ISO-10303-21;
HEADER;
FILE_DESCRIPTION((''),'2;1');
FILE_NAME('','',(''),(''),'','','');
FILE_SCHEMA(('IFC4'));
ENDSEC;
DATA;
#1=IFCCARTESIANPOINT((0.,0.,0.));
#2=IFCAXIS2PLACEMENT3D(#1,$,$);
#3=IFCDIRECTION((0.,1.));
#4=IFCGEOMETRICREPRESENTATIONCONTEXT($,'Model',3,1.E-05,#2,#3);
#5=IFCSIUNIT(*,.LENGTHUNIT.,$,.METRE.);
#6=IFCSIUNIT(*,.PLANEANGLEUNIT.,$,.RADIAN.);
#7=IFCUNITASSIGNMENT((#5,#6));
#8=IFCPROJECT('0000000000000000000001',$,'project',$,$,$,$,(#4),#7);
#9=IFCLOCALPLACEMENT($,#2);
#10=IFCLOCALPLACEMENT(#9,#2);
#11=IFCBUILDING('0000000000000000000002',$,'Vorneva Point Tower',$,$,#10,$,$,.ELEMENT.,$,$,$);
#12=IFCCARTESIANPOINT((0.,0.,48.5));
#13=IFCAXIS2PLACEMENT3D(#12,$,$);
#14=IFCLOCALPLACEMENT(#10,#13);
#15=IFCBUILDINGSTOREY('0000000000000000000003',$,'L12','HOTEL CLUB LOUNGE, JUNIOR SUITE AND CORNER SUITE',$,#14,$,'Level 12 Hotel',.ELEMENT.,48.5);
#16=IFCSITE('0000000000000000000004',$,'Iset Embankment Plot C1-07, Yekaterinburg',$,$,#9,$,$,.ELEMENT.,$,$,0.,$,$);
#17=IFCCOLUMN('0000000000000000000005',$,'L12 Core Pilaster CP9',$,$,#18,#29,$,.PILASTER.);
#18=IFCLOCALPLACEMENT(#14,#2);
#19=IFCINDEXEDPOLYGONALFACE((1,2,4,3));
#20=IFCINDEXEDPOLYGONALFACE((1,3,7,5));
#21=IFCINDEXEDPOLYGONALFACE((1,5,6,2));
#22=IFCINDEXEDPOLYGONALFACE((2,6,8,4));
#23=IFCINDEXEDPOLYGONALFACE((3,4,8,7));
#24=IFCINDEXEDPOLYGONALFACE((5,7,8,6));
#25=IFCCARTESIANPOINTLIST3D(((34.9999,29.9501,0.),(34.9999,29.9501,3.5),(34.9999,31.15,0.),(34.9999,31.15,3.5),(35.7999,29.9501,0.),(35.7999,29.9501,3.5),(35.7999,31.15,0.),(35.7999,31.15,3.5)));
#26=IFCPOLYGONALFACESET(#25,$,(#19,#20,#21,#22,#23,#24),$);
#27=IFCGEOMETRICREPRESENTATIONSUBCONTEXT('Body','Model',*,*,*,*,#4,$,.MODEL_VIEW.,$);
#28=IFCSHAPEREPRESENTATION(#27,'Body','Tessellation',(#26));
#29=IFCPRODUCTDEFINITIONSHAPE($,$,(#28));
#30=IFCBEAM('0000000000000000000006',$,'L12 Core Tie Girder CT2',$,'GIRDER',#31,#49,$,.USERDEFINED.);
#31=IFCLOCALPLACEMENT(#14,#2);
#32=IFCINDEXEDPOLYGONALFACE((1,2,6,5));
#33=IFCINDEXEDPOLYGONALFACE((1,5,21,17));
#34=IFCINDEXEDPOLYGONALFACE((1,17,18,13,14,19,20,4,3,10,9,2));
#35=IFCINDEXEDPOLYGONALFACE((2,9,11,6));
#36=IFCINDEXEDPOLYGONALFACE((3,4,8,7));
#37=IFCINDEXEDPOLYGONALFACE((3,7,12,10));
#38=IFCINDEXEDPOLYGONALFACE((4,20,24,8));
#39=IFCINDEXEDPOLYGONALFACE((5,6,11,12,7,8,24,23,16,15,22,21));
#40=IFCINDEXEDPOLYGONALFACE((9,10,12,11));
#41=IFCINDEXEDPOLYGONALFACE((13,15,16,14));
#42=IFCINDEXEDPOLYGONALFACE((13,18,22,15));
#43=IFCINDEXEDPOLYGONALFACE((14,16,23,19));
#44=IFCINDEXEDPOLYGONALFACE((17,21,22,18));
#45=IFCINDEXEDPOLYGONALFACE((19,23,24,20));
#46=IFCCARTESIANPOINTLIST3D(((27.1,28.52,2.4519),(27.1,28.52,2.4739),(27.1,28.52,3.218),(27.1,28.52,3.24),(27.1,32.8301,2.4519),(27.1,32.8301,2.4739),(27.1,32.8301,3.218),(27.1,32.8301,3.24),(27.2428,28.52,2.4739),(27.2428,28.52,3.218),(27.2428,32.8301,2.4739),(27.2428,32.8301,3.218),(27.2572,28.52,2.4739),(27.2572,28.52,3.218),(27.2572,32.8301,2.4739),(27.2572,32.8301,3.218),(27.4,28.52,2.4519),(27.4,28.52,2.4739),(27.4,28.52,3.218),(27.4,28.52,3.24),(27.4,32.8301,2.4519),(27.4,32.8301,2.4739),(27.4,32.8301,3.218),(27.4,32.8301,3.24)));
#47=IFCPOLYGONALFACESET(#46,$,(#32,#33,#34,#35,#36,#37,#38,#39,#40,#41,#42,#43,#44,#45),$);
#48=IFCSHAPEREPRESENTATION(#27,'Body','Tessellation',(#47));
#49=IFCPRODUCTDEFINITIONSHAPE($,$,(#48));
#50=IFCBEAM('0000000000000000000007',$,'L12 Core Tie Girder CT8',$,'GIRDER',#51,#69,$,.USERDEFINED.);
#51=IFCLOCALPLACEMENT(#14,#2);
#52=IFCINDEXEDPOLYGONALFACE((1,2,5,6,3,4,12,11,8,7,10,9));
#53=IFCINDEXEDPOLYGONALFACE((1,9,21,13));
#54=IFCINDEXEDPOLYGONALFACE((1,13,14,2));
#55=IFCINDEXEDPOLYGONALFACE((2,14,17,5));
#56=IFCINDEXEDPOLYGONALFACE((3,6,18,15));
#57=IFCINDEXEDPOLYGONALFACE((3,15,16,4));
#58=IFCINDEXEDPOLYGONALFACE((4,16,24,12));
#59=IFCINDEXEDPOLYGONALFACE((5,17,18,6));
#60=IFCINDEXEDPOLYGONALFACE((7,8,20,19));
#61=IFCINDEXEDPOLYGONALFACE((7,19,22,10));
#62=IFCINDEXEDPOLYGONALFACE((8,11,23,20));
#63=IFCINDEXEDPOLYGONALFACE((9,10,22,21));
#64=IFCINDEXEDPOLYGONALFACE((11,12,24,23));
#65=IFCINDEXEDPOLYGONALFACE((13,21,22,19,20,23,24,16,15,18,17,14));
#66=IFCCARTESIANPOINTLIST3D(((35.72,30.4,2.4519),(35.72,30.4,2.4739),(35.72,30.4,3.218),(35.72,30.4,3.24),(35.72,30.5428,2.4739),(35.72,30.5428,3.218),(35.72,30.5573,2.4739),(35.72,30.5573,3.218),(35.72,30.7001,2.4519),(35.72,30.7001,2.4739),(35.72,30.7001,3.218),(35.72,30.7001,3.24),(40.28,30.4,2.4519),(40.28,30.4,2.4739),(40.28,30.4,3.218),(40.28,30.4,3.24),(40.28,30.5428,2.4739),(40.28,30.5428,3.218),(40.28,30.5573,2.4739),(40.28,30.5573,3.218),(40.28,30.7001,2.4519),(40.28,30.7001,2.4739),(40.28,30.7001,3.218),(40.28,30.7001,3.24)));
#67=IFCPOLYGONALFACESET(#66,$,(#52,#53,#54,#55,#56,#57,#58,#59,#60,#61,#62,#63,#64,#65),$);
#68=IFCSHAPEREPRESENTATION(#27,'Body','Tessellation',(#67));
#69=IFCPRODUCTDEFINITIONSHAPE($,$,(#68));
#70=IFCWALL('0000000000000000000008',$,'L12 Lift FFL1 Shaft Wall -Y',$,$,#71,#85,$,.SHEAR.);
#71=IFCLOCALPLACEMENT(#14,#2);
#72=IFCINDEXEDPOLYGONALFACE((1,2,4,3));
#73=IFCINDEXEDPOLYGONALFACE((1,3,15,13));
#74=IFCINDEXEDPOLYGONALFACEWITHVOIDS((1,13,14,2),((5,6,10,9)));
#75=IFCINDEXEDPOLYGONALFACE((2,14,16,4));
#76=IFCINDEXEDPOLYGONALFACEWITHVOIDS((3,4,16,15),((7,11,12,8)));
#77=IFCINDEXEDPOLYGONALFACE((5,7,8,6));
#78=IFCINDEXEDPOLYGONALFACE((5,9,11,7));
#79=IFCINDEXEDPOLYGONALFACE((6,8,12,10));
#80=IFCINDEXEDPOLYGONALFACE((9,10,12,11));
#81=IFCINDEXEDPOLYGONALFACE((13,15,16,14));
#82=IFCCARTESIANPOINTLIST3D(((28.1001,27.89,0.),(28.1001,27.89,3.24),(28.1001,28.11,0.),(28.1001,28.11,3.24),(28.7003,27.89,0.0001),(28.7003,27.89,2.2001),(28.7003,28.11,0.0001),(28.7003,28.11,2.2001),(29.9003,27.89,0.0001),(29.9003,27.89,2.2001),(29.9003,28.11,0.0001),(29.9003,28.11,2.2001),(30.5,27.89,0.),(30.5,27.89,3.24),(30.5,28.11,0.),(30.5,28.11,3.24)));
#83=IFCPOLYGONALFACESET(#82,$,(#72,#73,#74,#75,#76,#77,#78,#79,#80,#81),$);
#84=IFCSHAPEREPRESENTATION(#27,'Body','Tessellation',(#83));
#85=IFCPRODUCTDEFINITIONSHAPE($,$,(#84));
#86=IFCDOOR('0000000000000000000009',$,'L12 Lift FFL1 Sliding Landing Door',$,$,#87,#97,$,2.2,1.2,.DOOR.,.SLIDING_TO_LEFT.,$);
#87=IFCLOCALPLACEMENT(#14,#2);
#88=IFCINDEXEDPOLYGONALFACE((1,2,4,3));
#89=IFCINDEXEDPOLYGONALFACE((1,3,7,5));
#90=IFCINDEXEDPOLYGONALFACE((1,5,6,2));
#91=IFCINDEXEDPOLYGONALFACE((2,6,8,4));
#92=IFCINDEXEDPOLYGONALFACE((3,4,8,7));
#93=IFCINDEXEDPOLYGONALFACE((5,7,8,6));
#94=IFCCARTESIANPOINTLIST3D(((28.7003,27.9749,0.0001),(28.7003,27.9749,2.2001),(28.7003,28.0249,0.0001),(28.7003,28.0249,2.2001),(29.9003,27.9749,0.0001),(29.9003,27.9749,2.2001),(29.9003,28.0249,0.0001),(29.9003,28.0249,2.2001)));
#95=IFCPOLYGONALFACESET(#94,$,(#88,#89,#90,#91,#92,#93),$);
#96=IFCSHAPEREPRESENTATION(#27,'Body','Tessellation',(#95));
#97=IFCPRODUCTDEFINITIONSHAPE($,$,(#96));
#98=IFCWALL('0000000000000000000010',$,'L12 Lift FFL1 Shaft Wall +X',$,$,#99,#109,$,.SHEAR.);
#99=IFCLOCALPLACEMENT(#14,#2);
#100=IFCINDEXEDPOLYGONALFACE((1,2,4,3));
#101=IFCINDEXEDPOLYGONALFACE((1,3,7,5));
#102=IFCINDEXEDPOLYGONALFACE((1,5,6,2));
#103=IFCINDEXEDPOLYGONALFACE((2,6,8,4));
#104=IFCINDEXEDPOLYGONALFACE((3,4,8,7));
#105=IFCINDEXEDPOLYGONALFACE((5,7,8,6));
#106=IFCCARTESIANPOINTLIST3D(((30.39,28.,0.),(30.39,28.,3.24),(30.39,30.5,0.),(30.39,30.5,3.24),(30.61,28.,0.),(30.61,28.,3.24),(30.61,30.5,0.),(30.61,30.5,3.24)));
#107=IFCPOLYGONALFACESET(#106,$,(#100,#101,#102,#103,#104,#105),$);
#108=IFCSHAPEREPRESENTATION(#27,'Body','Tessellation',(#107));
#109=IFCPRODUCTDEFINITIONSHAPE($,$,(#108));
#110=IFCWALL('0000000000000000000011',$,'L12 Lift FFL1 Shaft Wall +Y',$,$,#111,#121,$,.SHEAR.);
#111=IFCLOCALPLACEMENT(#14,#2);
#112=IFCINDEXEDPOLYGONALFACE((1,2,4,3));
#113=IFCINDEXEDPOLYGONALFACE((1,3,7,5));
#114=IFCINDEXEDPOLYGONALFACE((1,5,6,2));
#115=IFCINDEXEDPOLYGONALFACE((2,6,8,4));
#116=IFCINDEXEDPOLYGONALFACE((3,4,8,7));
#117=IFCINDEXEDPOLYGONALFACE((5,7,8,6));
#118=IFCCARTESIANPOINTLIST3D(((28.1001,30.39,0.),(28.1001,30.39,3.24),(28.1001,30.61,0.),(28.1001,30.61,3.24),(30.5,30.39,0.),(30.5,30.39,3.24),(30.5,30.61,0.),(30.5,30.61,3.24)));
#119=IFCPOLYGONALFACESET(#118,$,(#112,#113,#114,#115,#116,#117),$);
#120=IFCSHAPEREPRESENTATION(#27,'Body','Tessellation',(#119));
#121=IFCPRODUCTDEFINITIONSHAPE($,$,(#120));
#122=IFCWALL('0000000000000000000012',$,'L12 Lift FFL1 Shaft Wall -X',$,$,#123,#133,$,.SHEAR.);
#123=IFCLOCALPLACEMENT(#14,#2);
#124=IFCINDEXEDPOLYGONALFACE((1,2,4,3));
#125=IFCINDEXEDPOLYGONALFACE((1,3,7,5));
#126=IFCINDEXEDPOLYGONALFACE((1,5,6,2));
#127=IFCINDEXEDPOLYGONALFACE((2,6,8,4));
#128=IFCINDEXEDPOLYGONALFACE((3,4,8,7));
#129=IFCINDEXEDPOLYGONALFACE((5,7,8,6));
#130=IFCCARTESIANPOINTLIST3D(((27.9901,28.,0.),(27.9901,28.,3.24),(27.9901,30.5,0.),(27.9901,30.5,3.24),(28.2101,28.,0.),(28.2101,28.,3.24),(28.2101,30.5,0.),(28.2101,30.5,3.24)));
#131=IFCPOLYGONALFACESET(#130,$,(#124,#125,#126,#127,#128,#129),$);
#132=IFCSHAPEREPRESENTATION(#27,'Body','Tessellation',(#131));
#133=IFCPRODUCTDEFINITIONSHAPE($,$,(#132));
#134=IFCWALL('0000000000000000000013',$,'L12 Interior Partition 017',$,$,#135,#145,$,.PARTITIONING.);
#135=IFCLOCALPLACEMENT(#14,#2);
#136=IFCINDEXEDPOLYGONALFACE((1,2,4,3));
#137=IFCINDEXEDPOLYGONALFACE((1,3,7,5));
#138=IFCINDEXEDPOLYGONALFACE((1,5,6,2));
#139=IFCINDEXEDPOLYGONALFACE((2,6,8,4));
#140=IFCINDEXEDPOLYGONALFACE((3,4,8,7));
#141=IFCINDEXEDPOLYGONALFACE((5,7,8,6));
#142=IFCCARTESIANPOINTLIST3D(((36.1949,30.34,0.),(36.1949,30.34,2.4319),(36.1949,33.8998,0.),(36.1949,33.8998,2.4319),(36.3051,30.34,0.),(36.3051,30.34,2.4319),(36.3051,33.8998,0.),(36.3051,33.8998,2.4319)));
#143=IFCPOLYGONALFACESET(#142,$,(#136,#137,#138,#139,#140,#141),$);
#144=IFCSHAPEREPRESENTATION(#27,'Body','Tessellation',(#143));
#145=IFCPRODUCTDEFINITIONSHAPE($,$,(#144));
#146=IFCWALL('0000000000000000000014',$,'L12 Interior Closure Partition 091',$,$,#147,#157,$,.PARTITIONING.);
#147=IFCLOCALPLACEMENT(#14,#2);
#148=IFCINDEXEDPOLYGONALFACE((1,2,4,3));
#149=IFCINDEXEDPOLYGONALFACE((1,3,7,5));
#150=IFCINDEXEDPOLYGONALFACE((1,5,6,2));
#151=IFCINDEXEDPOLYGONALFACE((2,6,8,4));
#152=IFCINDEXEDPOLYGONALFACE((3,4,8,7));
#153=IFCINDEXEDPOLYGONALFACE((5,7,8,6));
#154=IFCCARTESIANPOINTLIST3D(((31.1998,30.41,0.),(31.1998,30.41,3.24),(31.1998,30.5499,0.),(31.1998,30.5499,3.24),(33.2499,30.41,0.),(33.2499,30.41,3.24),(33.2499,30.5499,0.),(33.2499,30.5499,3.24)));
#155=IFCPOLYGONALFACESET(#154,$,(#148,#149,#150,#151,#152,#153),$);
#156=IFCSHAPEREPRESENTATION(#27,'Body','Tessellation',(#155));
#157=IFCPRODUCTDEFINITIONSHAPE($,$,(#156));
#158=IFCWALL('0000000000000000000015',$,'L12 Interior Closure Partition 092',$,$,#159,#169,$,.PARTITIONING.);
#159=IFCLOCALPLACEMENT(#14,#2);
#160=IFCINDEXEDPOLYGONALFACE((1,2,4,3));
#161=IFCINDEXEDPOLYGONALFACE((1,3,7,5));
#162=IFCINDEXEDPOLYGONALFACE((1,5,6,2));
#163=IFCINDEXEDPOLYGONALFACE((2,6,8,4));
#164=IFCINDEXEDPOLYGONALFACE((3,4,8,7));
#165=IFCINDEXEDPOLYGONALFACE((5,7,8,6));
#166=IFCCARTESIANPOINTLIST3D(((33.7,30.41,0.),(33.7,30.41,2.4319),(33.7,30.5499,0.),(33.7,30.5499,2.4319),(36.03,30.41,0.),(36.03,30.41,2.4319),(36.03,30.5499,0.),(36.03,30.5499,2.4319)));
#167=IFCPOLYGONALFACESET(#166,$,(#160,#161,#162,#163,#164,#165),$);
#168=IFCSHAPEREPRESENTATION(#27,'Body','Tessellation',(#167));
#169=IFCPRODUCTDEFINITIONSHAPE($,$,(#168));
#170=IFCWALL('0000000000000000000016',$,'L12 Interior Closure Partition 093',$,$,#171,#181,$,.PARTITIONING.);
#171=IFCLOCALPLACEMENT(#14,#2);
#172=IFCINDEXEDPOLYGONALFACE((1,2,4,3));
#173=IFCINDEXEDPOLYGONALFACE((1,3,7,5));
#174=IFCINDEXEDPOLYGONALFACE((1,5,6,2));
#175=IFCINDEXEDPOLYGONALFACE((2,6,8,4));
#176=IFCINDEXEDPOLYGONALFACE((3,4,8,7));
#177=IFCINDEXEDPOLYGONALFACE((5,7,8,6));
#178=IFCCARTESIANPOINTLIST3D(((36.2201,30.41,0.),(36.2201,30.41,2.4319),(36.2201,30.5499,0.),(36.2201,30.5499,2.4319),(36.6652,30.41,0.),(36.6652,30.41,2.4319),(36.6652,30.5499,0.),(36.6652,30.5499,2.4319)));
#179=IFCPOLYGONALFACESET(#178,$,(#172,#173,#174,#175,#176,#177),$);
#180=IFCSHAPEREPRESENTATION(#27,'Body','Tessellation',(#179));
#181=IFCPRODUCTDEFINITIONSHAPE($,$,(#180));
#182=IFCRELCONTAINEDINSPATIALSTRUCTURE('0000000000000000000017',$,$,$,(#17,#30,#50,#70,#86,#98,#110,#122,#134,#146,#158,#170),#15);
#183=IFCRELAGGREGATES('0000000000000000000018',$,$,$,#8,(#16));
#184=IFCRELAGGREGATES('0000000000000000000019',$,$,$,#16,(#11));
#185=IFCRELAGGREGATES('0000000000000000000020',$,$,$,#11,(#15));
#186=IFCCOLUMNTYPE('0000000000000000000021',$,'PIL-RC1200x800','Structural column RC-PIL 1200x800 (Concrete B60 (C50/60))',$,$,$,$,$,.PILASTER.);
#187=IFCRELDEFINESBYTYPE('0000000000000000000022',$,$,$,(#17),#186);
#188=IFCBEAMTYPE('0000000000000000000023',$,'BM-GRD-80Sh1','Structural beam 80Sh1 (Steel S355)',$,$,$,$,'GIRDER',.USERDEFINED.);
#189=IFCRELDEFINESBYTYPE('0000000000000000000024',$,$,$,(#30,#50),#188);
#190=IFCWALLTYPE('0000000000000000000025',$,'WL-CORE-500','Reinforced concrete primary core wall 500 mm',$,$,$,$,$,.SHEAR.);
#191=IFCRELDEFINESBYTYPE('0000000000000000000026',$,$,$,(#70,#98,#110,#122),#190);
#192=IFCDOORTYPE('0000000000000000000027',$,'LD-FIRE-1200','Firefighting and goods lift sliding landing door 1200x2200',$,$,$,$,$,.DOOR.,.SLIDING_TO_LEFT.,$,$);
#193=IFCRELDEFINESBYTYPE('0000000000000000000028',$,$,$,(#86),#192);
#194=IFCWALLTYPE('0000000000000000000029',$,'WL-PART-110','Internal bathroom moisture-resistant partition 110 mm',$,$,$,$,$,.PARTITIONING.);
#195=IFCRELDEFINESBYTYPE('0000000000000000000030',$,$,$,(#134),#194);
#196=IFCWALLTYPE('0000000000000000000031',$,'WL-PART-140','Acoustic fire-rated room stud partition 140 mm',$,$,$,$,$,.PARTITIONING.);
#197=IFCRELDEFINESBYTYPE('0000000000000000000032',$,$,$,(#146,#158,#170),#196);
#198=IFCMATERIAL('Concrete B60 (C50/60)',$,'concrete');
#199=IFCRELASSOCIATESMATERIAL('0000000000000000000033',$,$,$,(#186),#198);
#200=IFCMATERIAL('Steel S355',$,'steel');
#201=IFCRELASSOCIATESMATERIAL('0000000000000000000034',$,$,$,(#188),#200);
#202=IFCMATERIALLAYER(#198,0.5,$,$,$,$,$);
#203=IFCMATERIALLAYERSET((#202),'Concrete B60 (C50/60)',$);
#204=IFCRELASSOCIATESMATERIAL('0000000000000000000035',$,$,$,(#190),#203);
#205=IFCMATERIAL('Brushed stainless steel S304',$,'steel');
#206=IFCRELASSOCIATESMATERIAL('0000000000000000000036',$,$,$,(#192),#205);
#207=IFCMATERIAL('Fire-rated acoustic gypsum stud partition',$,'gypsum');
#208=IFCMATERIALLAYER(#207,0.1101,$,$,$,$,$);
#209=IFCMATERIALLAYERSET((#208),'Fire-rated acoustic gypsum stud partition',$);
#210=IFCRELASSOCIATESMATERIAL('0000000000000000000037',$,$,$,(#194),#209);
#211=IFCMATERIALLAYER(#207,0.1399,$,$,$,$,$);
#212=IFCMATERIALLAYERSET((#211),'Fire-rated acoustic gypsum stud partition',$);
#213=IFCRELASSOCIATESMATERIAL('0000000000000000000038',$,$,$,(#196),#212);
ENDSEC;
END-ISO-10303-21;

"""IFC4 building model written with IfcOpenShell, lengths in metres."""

from ifc_helpers import new_model, si_unit, direction, frame, frame_2d, origin, origin_2d, place, context, subcontext, project, spatial, rectangle, i_section, extrude, material, layer, layer_set, material_profile, profile_set, type_object, element, fill, save


model = new_model("IFC4")

# Units and contexts
model_context = context("Model", 3, precision=1e-05, world=origin(), true_north=direction((0.0, 1.0)))
body_context = subcontext(model_context, "Body", "Model", "MODEL_VIEW")
ifc_project = project(units=[si_unit("LENGTHUNIT", "METRE"), si_unit("PLANEANGLEUNIT", "RADIAN")], contexts=[model_context])

# Site, building, storey
site_placement = place(None, origin())
site = spatial("IfcSite", under=ifc_project, at=site_placement, Name="Iset Embankment Plot C1-07, Yekaterinburg", CompositionType="ELEMENT", RefElevation=0.0)
building_placement = place(site_placement, origin())
building = spatial("IfcBuilding", under=site, at=building_placement, Name="Vorneva Point Tower", CompositionType="ELEMENT")
storey_placement = place(building_placement, frame((0.0, 0.0, 48.5)))
storey = spatial("IfcBuildingStorey", under=building, at=storey_placement, Name="L12", Description="HOTEL CLUB LOUNGE, JUNIOR SUITE AND CORNER SUITE", LongName="Level 12 Hotel", CompositionType="ELEMENT", Elevation=48.5)

# Column
ifc_material_1 = material(Name="Concrete B60 (C50/60)", Category="concrete")
ifc_material_profile_1 = material_profile(ifc_material_1, rectangle(XDim=0.8, YDim=1.2, at=origin_2d()), Name="RC-PIL 1200x800")
ifc_profile_set_1 = profile_set([ifc_material_profile_1], Name="Concrete B60 (C50/60)")
column_type = type_object("IfcColumnType", Name="PIL-RC1200x800", Description="Structural column RC-PIL 1200x800 (Concrete B60 (C50/60))", PredefinedType="PILASTER", material=ifc_profile_set_1)
column_placement = place(storey_placement, frame((35.3999, 30.55, 0.0), z_axis=(0.0, 0.0, 1.0), x_axis=(1.0, 0.0, 0.0)))
element("IfcColumn", 1, at=column_placement, inside=storey, type_object=column_type, Name="L12 Core Pilaster CP9", PredefinedType="PILASTER", context=body_context, shape_type="SweptSolid", body=[
    extrude(rectangle(XDim=0.8, YDim=1.2, at=origin_2d()), origin(), (0.0, 0.0, 1.0), 3.5),
])

# Beams
ifc_material_2 = material(Name="Steel S355", Category="steel")
ifc_material_profile_2 = material_profile(ifc_material_2, i_section(OverallWidth=0.3, OverallDepth=0.7881, WebThickness=0.0144, FlangeThickness=0.022, at=origin_2d()), Name="80Sh1")
ifc_profile_set_2 = profile_set([ifc_material_profile_2], Name="Steel S355")
beam_type = type_object("IfcBeamType", Name="BM-GRD-80Sh1", Description="Structural beam 80Sh1 (Steel S355)", ElementType="GIRDER", PredefinedType="USERDEFINED", material=ifc_profile_set_2)
beam_1_placement = place(storey_placement, frame((27.25, 28.52, 2.8459), z_axis=(0.0, 1.0, 0.0), x_axis=(-1.0, 0.0, 0.0)))
element("IfcBeam", 2, at=beam_1_placement, inside=storey, type_object=beam_type, Name="L12 Core Tie Girder CT2", ObjectType="GIRDER", PredefinedType="USERDEFINED", context=body_context, shape_type="SweptSolid", body=[
    extrude(i_section(OverallWidth=0.3, OverallDepth=0.7881, WebThickness=0.0144, FlangeThickness=0.022, at=origin_2d()), origin(), (0.0, 0.0, 1.0), 4.3101),
])
beam_2_placement = place(storey_placement, frame((35.72, 30.55, 2.8459), z_axis=(1.0, 0.0, 0.0), x_axis=(0.0, 1.0, 0.0)))
element("IfcBeam", 3, at=beam_2_placement, inside=storey, type_object=beam_type, Name="L12 Core Tie Girder CT8", ObjectType="GIRDER", PredefinedType="USERDEFINED", context=body_context, shape_type="SweptSolid", body=[
    extrude(i_section(OverallWidth=0.3, OverallDepth=0.7881, WebThickness=0.0144, FlangeThickness=0.022, at=origin_2d()), origin(), (0.0, 0.0, 1.0), 4.5601),
])

# Wall, opening, door
ifc_layer_1 = layer(ifc_material_1, 0.5)
ifc_layer_set_1 = layer_set([ifc_layer_1], Name="Concrete B60 (C50/60)")
wall_type_1 = type_object("IfcWallType", Name="WL-CORE-500", Description="Reinforced concrete primary core wall 500 mm", PredefinedType="SHEAR", material=ifc_layer_set_1)
wall_1_placement = place(storey_placement, frame((28.1001, 28.0, 0.0), z_axis=(0.0, 0.0, 1.0), x_axis=(1.0, 0.0, 0.0)))
wall_1 = element("IfcWall", 4, at=wall_1_placement, inside=storey, type_object=wall_type_1, Name="L12 Lift FFL1 Shaft Wall -Y", PredefinedType="SHEAR", context=body_context, shape_type="SweptSolid", body=[
    extrude(rectangle(XDim=2.3999, YDim=0.22, at=frame_2d((1.2, 0.0))), origin(), (0.0, 0.0, 1.0), 3.24),
])
opening_1_placement = place(wall_1_placement, frame((0.6001, 0.0, 0.0)))
opening_1 = element("IfcOpeningElement", 5, at=opening_1_placement, cuts=wall_1, PredefinedType="OPENING", context=body_context, shape_type="SweptSolid", body=[
    extrude(rectangle(XDim=1.2, YDim=2.2, at=frame_2d((0.6001, 1.1001))), frame((0.0, 0.125, 0.0), z_axis=(0.0, -1.0, 0.0), x_axis=(1.0, 0.0, 0.0)), (0.0, 0.0, 1.0), 0.2498),
])
ifc_material_3 = material(Name="Brushed stainless steel S304", Category="steel")
door_type_1 = type_object("IfcDoorType", Name="LD-FIRE-1200", Description="Firefighting and goods lift sliding landing door 1200x2200", OperationType="SLIDING_TO_LEFT", PredefinedType="DOOR", material=ifc_material_3)
door_1_placement = place(opening_1_placement, origin())
door_1 = element("IfcDoor", 6, at=door_1_placement, inside=storey, type_object=door_type_1, Name="L12 Lift FFL1 Sliding Landing Door", OperationType="SLIDING_TO_LEFT", OverallHeight=2.2, OverallWidth=1.2, PredefinedType="DOOR", context=body_context, shape_type="SweptSolid", body=[
    extrude(rectangle(XDim=1.2, YDim=2.2, at=frame_2d((0.6001, 1.1001))), frame((0.0, 0.0249, 0.0), z_axis=(0.0, -1.0, 0.0), x_axis=(1.0, 0.0, 0.0)), (0.0, 0.0, 1.0), 0.05),
])
fill(opening_1, door_1)

# Walls
wall_2_placement = place(storey_placement, frame((30.5, 28.0, 0.0), z_axis=(0.0, 0.0, 1.0), x_axis=(0.0, 1.0, 0.0)))
element("IfcWall", 7, at=wall_2_placement, inside=storey, type_object=wall_type_1, Name="L12 Lift FFL1 Shaft Wall +X", PredefinedType="SHEAR", context=body_context, shape_type="SweptSolid", body=[
    extrude(rectangle(XDim=2.5, YDim=0.22, at=frame_2d((1.25, 0.0))), origin(), (0.0, 0.0, 1.0), 3.24),
])
wall_3_placement = place(storey_placement, frame((30.5, 30.5, 0.0), z_axis=(0.0, 0.0, 1.0), x_axis=(-1.0, 0.0, 0.0)))
element("IfcWall", 8, at=wall_3_placement, inside=storey, type_object=wall_type_1, Name="L12 Lift FFL1 Shaft Wall +Y", PredefinedType="SHEAR", context=body_context, shape_type="SweptSolid", body=[
    extrude(rectangle(XDim=2.3999, YDim=0.22, at=frame_2d((1.2, 0.0))), origin(), (0.0, 0.0, 1.0), 3.24),
])
wall_4_placement = place(storey_placement, frame((28.1001, 30.5, 0.0), z_axis=(0.0, 0.0, 1.0), x_axis=(0.0, -1.0, 0.0)))
element("IfcWall", 9, at=wall_4_placement, inside=storey, type_object=wall_type_1, Name="L12 Lift FFL1 Shaft Wall -X", PredefinedType="SHEAR", context=body_context, shape_type="SweptSolid", body=[
    extrude(rectangle(XDim=2.5, YDim=0.22, at=frame_2d((1.25, 0.0))), origin(), (0.0, 0.0, 1.0), 3.24),
])
ifc_material_4 = material(Name="Fire-rated acoustic gypsum stud partition", Category="gypsum")
ifc_layer_2 = layer(ifc_material_4, 0.1101)
ifc_layer_set_2 = layer_set([ifc_layer_2], Name="Fire-rated acoustic gypsum stud partition")
wall_type_2 = type_object("IfcWallType", Name="WL-PART-110", Description="Internal bathroom moisture-resistant partition 110 mm", PredefinedType="PARTITIONING", material=ifc_layer_set_2)
wall_5_placement = place(storey_placement, frame((36.25, 30.3401, 0.0), z_axis=(0.0, 0.0, 1.0), x_axis=(0.0, 1.0, 0.0)))
element("IfcWall", 10, at=wall_5_placement, inside=storey, type_object=wall_type_2, Name="L12 Interior Partition 017", PredefinedType="PARTITIONING", context=body_context, shape_type="SweptSolid", body=[
    extrude(rectangle(XDim=3.5598, YDim=0.1101, at=frame_2d((1.7798, 0.0))), origin(), (0.0, 0.0, 1.0), 2.4319),
])
ifc_layer_3 = layer(ifc_material_4, 0.1399)
ifc_layer_set_3 = layer_set([ifc_layer_3], Name="Fire-rated acoustic gypsum stud partition")
wall_type_3 = type_object("IfcWallType", Name="WL-PART-140", Description="Acoustic fire-rated room stud partition 140 mm", PredefinedType="PARTITIONING", material=ifc_layer_set_3)
wall_6_placement = place(storey_placement, frame((31.2, 30.48, 0.0), z_axis=(0.0, 0.0, 1.0), x_axis=(1.0, 0.0, 0.0)))
element("IfcWall", 11, at=wall_6_placement, inside=storey, type_object=wall_type_3, Name="L12 Interior Closure Partition 091", PredefinedType="PARTITIONING", context=body_context, shape_type="SweptSolid", body=[
    extrude(rectangle(XDim=2.05, YDim=0.1399, at=frame_2d((1.0249, 0.0))), origin(), (0.0, 0.0, 1.0), 3.24),
])
wall_7_placement = place(storey_placement, frame((33.7, 30.48, 0.0), z_axis=(0.0, 0.0, 1.0), x_axis=(1.0, 0.0, 0.0)))
element("IfcWall", 12, at=wall_7_placement, inside=storey, type_object=wall_type_3, Name="L12 Interior Closure Partition 092", PredefinedType="PARTITIONING", context=body_context, shape_type="SweptSolid", body=[
    extrude(rectangle(XDim=2.3301, YDim=0.1399, at=frame_2d((1.165, 0.0))), origin(), (0.0, 0.0, 1.0), 2.4319),
])
wall_8_placement = place(storey_placement, frame((36.22, 30.48, 0.0), z_axis=(0.0, 0.0, 1.0), x_axis=(1.0, 0.0, 0.0)))
element("IfcWall", 13, at=wall_8_placement, inside=storey, type_object=wall_type_3, Name="L12 Interior Closure Partition 093", PredefinedType="PARTITIONING", context=body_context, shape_type="SweptSolid", body=[
    extrude(rectangle(XDim=0.4451, YDim=0.1399, at=frame_2d((0.2227, 0.0))), origin(), (0.0, 0.0, 1.0), 2.4319),
])

save(model, "model.ifc")
